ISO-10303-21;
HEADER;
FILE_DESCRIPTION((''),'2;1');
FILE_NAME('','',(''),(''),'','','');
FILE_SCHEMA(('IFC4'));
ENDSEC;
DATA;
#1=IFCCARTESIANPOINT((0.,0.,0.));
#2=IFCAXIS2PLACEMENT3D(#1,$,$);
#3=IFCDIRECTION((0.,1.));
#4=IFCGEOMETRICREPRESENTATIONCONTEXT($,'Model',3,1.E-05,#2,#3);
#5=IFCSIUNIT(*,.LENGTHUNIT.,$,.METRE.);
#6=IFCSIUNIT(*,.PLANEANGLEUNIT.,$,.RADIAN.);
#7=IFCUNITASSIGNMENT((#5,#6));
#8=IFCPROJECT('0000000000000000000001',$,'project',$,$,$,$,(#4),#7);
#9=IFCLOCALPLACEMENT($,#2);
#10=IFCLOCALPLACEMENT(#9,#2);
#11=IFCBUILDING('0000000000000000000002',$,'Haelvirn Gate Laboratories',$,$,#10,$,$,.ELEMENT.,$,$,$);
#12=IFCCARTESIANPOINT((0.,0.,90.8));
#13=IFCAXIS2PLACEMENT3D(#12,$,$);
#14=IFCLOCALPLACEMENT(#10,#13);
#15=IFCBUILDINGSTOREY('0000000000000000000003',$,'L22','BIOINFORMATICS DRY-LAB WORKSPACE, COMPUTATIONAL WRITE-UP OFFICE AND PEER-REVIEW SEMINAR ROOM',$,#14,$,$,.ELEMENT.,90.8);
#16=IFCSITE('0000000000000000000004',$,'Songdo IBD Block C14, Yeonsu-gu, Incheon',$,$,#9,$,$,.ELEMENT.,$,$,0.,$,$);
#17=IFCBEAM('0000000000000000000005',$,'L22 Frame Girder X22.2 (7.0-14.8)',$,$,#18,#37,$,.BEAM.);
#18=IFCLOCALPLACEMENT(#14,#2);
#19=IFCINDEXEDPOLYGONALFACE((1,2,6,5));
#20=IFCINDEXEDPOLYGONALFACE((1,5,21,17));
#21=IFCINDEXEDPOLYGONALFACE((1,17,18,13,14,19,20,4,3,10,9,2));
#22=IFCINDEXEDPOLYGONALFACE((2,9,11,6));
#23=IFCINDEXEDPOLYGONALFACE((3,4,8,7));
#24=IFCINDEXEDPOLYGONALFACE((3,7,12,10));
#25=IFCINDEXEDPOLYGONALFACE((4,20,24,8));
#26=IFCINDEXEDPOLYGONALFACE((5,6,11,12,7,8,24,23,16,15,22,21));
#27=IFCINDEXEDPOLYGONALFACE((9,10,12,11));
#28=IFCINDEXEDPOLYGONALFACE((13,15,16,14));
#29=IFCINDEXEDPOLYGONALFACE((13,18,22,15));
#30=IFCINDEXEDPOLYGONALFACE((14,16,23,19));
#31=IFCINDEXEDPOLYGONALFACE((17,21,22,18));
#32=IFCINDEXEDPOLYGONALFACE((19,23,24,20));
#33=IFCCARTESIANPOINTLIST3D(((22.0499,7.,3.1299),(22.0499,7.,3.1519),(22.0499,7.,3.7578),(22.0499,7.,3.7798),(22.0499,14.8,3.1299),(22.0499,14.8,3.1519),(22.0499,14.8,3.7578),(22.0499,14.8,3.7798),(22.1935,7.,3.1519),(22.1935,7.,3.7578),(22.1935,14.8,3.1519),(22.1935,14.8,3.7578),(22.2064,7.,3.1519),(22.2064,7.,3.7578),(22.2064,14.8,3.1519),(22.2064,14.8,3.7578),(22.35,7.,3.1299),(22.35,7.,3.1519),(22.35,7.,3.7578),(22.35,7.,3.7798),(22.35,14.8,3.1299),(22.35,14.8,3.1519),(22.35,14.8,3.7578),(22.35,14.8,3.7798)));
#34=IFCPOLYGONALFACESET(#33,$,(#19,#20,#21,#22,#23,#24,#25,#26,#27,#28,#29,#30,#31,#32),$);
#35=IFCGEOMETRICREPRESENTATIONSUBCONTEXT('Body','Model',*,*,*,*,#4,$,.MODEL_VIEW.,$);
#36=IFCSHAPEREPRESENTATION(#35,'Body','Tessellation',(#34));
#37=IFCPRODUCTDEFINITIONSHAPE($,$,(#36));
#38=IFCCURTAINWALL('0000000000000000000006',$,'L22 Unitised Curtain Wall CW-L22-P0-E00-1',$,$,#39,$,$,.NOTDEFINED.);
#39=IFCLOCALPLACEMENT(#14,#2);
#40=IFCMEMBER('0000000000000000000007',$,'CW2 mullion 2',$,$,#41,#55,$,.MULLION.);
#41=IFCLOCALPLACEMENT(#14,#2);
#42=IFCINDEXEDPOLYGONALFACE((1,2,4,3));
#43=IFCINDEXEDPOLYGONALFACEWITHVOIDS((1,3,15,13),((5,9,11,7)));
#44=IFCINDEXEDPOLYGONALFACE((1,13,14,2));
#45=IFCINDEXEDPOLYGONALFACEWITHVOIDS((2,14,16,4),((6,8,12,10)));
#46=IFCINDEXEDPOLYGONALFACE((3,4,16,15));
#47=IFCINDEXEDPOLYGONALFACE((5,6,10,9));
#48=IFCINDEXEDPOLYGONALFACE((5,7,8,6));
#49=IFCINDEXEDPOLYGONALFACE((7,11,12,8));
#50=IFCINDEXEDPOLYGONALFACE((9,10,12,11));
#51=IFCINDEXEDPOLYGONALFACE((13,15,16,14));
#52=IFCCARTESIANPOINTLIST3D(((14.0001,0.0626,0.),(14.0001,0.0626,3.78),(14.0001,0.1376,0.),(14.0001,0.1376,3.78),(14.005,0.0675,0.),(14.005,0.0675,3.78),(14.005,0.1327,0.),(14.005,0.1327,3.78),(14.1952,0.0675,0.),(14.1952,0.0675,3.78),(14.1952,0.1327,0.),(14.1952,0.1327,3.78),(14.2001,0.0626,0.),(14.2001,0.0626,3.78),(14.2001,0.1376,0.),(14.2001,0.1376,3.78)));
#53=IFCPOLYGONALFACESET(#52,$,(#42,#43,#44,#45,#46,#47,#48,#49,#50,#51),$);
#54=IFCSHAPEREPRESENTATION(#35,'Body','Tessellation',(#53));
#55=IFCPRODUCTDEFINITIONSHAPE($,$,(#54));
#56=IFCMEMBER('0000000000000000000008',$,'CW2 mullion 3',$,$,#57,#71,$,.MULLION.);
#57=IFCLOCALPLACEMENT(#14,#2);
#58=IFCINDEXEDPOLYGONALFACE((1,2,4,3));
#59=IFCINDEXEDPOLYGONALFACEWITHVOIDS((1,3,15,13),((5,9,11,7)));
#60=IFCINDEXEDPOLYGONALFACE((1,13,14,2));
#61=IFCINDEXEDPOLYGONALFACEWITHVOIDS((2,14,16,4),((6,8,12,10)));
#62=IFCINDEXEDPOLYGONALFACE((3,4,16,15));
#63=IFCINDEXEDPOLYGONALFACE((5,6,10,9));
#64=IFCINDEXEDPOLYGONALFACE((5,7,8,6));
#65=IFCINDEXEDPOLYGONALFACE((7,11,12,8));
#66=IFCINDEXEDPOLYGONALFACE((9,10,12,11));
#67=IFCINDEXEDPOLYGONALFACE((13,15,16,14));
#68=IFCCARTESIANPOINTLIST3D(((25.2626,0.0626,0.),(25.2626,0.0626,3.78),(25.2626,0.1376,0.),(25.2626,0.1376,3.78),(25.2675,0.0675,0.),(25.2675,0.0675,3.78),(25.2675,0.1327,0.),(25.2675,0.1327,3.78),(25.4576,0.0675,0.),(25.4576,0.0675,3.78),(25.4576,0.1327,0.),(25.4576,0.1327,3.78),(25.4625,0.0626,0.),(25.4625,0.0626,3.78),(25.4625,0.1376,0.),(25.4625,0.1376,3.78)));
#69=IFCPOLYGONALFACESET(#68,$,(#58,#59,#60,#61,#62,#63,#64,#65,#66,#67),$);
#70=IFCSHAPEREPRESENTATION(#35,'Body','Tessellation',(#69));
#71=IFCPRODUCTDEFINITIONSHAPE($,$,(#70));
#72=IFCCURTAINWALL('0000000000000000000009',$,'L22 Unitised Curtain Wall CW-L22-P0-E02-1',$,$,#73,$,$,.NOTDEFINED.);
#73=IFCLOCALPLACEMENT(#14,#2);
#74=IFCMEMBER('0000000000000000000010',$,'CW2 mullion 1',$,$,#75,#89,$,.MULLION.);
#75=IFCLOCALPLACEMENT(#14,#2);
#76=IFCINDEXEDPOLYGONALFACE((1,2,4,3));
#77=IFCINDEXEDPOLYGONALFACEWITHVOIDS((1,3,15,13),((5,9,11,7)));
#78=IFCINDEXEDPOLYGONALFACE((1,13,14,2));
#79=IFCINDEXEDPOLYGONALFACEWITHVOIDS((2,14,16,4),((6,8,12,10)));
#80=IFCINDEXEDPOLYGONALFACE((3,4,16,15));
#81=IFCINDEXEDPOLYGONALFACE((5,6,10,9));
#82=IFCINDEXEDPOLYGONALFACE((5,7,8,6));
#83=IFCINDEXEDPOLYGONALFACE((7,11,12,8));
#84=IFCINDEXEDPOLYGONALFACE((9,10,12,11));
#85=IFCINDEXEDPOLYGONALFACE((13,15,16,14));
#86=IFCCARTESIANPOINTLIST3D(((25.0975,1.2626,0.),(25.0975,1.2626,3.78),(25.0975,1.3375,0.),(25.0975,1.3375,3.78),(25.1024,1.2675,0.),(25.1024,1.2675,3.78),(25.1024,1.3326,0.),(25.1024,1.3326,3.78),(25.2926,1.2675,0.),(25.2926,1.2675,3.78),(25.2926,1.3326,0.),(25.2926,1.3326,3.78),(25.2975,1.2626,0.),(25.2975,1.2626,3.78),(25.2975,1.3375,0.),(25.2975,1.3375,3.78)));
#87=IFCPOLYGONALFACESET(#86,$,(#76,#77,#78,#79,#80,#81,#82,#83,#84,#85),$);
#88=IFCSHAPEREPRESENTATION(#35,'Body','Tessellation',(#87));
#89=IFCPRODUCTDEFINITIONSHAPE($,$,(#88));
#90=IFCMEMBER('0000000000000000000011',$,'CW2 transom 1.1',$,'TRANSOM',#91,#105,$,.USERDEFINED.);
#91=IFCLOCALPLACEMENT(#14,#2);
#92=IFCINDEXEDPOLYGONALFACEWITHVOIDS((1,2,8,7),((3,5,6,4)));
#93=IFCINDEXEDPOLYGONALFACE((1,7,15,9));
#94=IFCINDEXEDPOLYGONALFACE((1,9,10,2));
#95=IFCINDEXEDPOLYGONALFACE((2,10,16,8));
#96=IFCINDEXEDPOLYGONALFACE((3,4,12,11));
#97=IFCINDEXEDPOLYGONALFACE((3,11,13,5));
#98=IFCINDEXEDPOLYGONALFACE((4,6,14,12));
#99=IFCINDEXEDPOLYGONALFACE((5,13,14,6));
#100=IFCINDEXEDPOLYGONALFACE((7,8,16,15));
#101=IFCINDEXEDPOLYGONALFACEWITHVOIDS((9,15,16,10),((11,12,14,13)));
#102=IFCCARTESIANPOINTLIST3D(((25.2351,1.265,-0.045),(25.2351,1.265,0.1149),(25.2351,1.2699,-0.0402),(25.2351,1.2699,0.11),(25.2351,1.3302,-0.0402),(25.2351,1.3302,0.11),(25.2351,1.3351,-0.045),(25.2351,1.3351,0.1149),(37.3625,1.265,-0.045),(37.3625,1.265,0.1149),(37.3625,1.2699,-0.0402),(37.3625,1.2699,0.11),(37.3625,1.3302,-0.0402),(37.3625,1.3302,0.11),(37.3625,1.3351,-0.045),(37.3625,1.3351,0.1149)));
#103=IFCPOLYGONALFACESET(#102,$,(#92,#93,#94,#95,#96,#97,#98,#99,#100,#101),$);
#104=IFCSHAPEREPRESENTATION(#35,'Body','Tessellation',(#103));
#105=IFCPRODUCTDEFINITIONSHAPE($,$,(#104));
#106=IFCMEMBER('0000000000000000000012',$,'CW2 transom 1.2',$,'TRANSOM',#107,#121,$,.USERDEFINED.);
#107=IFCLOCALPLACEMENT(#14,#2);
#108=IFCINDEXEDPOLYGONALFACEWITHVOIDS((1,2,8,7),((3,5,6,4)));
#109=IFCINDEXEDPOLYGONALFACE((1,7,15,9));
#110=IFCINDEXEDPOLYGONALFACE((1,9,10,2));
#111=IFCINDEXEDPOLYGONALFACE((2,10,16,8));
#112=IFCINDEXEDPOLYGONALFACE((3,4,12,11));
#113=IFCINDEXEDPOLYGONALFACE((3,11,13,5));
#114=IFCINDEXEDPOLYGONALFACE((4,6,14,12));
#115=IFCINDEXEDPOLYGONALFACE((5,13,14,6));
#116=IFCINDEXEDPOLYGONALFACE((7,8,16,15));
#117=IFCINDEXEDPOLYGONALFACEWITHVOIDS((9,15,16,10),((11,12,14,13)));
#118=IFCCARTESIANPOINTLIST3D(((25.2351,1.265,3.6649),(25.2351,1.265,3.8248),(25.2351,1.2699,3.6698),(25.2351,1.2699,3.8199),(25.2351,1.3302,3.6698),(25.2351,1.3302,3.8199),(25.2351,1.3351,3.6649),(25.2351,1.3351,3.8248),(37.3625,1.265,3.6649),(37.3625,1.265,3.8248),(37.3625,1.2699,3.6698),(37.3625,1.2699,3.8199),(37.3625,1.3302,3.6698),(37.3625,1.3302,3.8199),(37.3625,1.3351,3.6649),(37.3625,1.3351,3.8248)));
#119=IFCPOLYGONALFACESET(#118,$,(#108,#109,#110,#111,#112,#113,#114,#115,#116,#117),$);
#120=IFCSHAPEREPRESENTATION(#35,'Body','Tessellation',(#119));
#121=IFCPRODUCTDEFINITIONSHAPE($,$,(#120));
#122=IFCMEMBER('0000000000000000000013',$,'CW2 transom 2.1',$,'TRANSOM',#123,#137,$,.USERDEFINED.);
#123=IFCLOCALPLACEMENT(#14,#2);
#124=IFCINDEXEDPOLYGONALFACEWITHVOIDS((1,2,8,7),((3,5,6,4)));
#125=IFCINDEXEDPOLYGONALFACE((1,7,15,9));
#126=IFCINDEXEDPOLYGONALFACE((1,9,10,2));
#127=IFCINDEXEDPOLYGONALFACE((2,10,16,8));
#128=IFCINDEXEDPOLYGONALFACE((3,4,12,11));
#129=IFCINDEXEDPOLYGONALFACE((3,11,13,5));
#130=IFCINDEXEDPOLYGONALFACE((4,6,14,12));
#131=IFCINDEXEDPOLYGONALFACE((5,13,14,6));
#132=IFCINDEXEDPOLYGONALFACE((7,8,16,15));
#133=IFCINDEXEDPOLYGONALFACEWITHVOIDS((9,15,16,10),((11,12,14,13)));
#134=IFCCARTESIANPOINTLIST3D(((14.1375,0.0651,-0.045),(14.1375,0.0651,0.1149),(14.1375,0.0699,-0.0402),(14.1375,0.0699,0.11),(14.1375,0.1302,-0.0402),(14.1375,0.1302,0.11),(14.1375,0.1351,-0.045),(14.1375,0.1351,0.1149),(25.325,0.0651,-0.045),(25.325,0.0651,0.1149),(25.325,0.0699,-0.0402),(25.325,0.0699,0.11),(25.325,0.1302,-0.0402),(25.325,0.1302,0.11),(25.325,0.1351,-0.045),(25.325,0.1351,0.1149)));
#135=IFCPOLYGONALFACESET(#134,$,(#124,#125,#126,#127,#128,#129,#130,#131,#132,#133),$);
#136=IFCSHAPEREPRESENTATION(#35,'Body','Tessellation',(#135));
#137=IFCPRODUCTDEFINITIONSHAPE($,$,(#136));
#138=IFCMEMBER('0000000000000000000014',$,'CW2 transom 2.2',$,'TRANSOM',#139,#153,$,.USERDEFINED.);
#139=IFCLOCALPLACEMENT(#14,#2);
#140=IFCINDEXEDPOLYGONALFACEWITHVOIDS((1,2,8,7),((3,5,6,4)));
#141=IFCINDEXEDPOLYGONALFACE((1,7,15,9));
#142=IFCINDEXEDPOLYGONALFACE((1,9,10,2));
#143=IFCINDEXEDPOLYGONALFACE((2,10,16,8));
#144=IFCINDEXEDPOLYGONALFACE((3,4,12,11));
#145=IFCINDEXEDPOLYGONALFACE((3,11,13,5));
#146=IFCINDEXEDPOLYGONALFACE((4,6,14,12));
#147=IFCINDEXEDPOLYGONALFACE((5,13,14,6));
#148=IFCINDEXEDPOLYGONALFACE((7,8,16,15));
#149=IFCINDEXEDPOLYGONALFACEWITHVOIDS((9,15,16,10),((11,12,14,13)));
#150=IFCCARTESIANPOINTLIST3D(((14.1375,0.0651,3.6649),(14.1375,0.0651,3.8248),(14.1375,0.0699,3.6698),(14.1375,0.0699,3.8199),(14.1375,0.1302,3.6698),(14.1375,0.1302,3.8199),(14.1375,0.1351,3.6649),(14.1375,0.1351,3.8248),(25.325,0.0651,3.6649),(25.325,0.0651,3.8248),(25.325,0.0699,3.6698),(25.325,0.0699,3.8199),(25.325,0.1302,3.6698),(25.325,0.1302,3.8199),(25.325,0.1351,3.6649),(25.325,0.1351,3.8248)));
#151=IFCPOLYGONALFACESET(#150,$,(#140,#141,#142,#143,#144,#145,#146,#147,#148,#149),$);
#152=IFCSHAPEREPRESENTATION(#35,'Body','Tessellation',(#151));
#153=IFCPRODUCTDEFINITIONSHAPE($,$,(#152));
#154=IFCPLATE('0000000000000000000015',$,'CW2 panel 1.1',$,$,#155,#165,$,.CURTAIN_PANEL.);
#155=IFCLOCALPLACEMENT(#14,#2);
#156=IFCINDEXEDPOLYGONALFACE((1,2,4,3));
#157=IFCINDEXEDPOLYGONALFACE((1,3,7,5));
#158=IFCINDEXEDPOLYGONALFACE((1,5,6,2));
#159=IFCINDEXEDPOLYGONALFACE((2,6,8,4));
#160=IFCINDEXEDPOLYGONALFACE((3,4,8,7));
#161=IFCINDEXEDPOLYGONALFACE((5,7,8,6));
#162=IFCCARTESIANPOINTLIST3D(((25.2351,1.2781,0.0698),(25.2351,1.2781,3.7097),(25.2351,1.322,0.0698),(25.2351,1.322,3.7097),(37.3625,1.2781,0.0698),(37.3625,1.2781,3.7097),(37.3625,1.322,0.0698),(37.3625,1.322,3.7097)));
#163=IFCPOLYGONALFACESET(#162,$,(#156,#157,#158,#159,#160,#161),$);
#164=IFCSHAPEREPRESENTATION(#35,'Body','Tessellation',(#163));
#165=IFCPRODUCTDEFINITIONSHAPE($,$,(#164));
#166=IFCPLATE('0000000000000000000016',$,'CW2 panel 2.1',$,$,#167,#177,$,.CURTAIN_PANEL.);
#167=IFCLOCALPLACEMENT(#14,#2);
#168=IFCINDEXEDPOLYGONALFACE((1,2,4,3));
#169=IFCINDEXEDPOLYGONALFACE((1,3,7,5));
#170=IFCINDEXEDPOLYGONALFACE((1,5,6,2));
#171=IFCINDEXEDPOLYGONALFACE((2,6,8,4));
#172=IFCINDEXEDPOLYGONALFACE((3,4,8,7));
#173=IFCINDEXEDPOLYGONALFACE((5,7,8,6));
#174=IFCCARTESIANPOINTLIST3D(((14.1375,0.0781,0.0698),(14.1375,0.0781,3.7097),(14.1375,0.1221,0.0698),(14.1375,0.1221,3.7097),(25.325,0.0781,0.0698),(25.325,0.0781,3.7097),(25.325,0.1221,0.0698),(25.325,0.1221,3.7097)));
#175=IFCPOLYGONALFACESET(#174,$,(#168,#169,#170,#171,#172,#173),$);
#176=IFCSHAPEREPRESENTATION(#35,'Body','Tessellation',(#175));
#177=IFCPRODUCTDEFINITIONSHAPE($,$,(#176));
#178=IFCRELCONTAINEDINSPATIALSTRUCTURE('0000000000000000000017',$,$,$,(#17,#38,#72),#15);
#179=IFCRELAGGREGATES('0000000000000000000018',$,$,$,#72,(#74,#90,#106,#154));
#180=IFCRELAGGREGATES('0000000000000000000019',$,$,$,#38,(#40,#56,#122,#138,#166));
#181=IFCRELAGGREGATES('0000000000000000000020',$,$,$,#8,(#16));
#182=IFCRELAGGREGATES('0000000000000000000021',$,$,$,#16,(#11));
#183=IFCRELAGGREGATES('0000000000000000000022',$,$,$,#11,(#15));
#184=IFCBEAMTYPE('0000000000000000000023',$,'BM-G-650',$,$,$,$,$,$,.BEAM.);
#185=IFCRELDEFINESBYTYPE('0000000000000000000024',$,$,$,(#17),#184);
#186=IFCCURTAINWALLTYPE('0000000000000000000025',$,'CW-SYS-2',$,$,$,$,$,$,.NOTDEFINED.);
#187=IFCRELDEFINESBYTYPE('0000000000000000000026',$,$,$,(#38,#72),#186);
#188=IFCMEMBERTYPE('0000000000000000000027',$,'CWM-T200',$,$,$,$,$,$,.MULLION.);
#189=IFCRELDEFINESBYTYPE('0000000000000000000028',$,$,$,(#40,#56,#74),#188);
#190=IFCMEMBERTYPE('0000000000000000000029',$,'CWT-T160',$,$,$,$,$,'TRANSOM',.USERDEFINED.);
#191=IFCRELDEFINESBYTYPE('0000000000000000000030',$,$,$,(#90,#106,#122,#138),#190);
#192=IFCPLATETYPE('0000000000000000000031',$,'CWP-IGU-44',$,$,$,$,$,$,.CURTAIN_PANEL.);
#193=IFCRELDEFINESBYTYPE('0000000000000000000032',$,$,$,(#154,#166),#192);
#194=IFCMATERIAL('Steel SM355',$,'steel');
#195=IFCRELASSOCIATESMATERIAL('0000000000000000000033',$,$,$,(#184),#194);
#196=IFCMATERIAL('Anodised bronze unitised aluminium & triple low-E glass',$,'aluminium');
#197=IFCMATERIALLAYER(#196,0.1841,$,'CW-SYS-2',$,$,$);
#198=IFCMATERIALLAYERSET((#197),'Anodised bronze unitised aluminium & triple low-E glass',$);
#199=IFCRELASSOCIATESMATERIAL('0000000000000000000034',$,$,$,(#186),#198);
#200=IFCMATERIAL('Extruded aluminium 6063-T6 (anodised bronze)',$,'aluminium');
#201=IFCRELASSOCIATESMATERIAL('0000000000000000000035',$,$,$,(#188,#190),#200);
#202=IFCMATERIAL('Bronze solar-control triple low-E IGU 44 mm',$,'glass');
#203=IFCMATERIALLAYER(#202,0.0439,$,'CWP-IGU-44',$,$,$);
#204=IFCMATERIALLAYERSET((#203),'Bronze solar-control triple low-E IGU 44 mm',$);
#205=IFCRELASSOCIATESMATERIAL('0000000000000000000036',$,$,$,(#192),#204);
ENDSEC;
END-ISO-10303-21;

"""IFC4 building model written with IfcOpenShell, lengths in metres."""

from ifc_helpers import new_model, si_unit, direction, frame, origin, origin_2d, place, context, subcontext, project, spatial, rectangle, hollow_rectangle, i_section, extrude, source, transform, mapped, material, layer, layer_set, material_profile, profile_set, type_object, type_shapes, element, aggregate, save


model = new_model("IFC4")

# Units and contexts
model_context = context("Model", 3, precision=1e-05, world=origin(), true_north=direction((0.0, 1.0)))
body_context = subcontext(model_context, "Body", "Model", "MODEL_VIEW")
ifc_project = project(units=[si_unit("LENGTHUNIT", "METRE"), si_unit("PLANEANGLEUNIT", "RADIAN")], contexts=[model_context])

# Site, building, storey
site_placement = place(None, origin())
site = spatial("IfcSite", under=ifc_project, at=site_placement, Name="Songdo IBD Block C14, Yeonsu-gu, Incheon", CompositionType="ELEMENT", RefElevation=0.0)
building_placement = place(site_placement, origin())
building = spatial("IfcBuilding", under=site, at=building_placement, Name="Haelvirn Gate Laboratories", CompositionType="ELEMENT")
storey_placement = place(building_placement, frame((0.0, 0.0, 90.8)))
storey = spatial("IfcBuildingStorey", under=building, at=storey_placement, Name="L22", Description="BIOINFORMATICS DRY-LAB WORKSPACE, COMPUTATIONAL WRITE-UP OFFICE AND PEER-REVIEW SEMINAR ROOM", CompositionType="ELEMENT", Elevation=90.8)

# Beam
ifc_material_1 = material(Name="Steel SM355", Category="steel")
ifc_material_profile_1 = material_profile(ifc_material_1, i_section(OverallWidth=0.3, OverallDepth=0.6499, WebThickness=0.0129, FlangeThickness=0.022, at=origin_2d()), Name="H-650x300x13x22")
ifc_profile_set_1 = profile_set([ifc_material_profile_1], Name="Steel SM355")
beam_type_1 = type_object("IfcBeamType", Name="BM-G-650", PredefinedType="BEAM", material=ifc_profile_set_1)
shared_shape_1 = source(origin(), body_context, "Body", "SweptSolid", [
    extrude(i_section(OverallWidth=0.3, OverallDepth=0.6499, WebThickness=0.0129, FlangeThickness=0.022, at=origin_2d()), origin(), (0.0, 0.0, 1.0), 7.8),
])
beam_1_placement = place(storey_placement, frame((22.2, 7.0, 3.4548), z_axis=(0.0, 1.0, 0.0), x_axis=(-1.0, 0.0, 0.0)))
element("IfcBeam", 1, at=beam_1_placement, inside=storey, type_object=beam_type_1, Name="L22 Frame Girder X22.2 (7.0-14.8)", PredefinedType="BEAM", context=body_context, shape_type="MappedRepresentation", body=[
    mapped(shared_shape_1, transform((0.0, 0.0, 0.0), scale=1.0)),
])

# Curtain walls, members
ifc_material_2 = material(Name="Anodised bronze unitised aluminium & triple low-E glass", Category="aluminium")
ifc_layer_1 = layer(ifc_material_2, 0.1841, Name="CW-SYS-2")
ifc_layer_set_1 = layer_set([ifc_layer_1], Name="Anodised bronze unitised aluminium & triple low-E glass")
curtain_wall_type = type_object("IfcCurtainWallType", Name="CW-SYS-2", PredefinedType="NOTDEFINED", material=ifc_layer_set_1)
curtain_wall_1_placement = place(storey_placement, origin())
curtain_wall_1 = element("IfcCurtainWall", 2, at=curtain_wall_1_placement, inside=storey, type_object=curtain_wall_type, Name="L22 Unitised Curtain Wall CW-L22-P0-E00-1", PredefinedType="NOTDEFINED")
ifc_material_3 = material(Name="Extruded aluminium 6063-T6 (anodised bronze)", Category="aluminium")
ifc_material_profile_2 = material_profile(ifc_material_3, hollow_rectangle(XDim=0.075, YDim=0.2, WallThickness=0.0049, at=origin_2d()), Name="CWM-200x75x5")
ifc_profile_set_2 = profile_set([ifc_material_profile_2], Name="Extruded aluminium 6063-T6 (anodised bronze)")
member_type_1 = type_object("IfcMemberType", Name="CWM-T200", PredefinedType="MULLION", material=ifc_profile_set_2)
shared_shape_2 = source(origin(), body_context, "Body", "SweptSolid", [
    extrude(hollow_rectangle(XDim=0.075, YDim=0.2, WallThickness=0.0049, at=origin_2d()), origin(), (0.0, 0.0, 1.0), 3.78),
])
type_shapes(member_type_1, [shared_shape_2])
member_1_placement = place(storey_placement, frame((14.1001, 0.1001, 0.0), z_axis=(0.0, 0.0, 1.0), x_axis=(0.0, 1.0, 0.0)))
member_1 = element("IfcMember", 3, at=member_1_placement, type_object=member_type_1, Name="CW2 mullion 2", PredefinedType="MULLION", context=body_context, shape_type="MappedRepresentation", body=[
    mapped(shared_shape_2, transform((0.0, 0.0, 0.0), scale=1.0)),
])
member_2_placement = place(storey_placement, frame((25.3625, 0.1001, 0.0), z_axis=(0.0, 0.0, 1.0), x_axis=(0.0, 1.0, 0.0)))
member_2 = element("IfcMember", 4, at=member_2_placement, type_object=member_type_1, Name="CW2 mullion 3", PredefinedType="MULLION", context=body_context, shape_type="MappedRepresentation", body=[
    mapped(shared_shape_2, transform((0.0, 0.0, 0.0), scale=1.0)),
])
curtain_wall_2_placement = place(storey_placement, origin())
curtain_wall_2 = element("IfcCurtainWall", 5, at=curtain_wall_2_placement, inside=storey, type_object=curtain_wall_type, Name="L22 Unitised Curtain Wall CW-L22-P0-E02-1", PredefinedType="NOTDEFINED")
member_3_placement = place(storey_placement, frame((25.1975, 1.3, 0.0), z_axis=(0.0, 0.0, 1.0), x_axis=(0.0, 1.0, 0.0)))
member_3 = element("IfcMember", 6, at=member_3_placement, type_object=member_type_1, Name="CW2 mullion 1", PredefinedType="MULLION", context=body_context, shape_type="MappedRepresentation", body=[
    mapped(shared_shape_2, transform((0.0, 0.0, 0.0), scale=1.0)),
])
ifc_material_profile_3 = material_profile(ifc_material_3, hollow_rectangle(XDim=0.0701, YDim=0.1599, WallThickness=0.0049, at=origin_2d()), Name="CWT-160x70x5")
ifc_profile_set_3 = profile_set([ifc_material_profile_3], Name="Extruded aluminium 6063-T6 (anodised bronze)")
member_type_2 = type_object("IfcMemberType", Name="CWT-T160", ElementType="TRANSOM", PredefinedType="USERDEFINED", material=ifc_profile_set_3)
shared_shape_3 = source(origin(), body_context, "Body", "SweptSolid", [
    extrude(hollow_rectangle(XDim=0.0701, YDim=0.1599, WallThickness=0.0049, at=origin_2d()), origin(), (0.0, 0.0, 1.0), 12.1274),
])
member_4_placement = place(storey_placement, frame((25.2351, 1.3, 0.0349), z_axis=(1.0, 0.0, 0.0), x_axis=(0.0, 1.0, 0.0)))
member_4 = element("IfcMember", 7, at=member_4_placement, type_object=member_type_2, Name="CW2 transom 1.1", ObjectType="TRANSOM", PredefinedType="USERDEFINED", context=body_context, shape_type="MappedRepresentation", body=[
    mapped(shared_shape_3, transform((0.0, 0.0, 0.0), scale=1.0)),
])
member_5_placement = place(storey_placement, frame((25.2351, 1.3, 3.7449), z_axis=(1.0, 0.0, 0.0), x_axis=(0.0, 1.0, 0.0)))
member_5 = element("IfcMember", 8, at=member_5_placement, type_object=member_type_2, Name="CW2 transom 1.2", ObjectType="TRANSOM", PredefinedType="USERDEFINED", context=body_context, shape_type="MappedRepresentation", body=[
    mapped(shared_shape_3, transform((0.0, 0.0, 0.0), scale=1.0)),
])

# Members
shared_shape_4 = source(origin(), body_context, "Body", "SweptSolid", [
    extrude(hollow_rectangle(XDim=0.0701, YDim=0.1599, WallThickness=0.0049, at=origin_2d()), origin(), (0.0, 0.0, 1.0), 11.1875),
])
type_shapes(member_type_2, [shared_shape_3, shared_shape_4])
member_6_placement = place(storey_placement, frame((14.1375, 0.1001, 0.0349), z_axis=(1.0, 0.0, 0.0), x_axis=(0.0, 1.0, 0.0)))
member_6 = element("IfcMember", 9, at=member_6_placement, type_object=member_type_2, Name="CW2 transom 2.1", ObjectType="TRANSOM", PredefinedType="USERDEFINED", context=body_context, shape_type="MappedRepresentation", body=[
    mapped(shared_shape_4, transform((0.0, 0.0, 0.0), scale=1.0)),
])
member_7_placement = place(storey_placement, frame((14.1375, 0.1001, 3.7449), z_axis=(1.0, 0.0, 0.0), x_axis=(0.0, 1.0, 0.0)))
member_7 = element("IfcMember", 10, at=member_7_placement, type_object=member_type_2, Name="CW2 transom 2.2", ObjectType="TRANSOM", PredefinedType="USERDEFINED", context=body_context, shape_type="MappedRepresentation", body=[
    mapped(shared_shape_4, transform((0.0, 0.0, 0.0), scale=1.0)),
])

# Plates
ifc_material_4 = material(Name="Bronze solar-control triple low-E IGU 44 mm", Category="glass")
ifc_layer_2 = layer(ifc_material_4, 0.0439, Name="CWP-IGU-44")
ifc_layer_set_2 = layer_set([ifc_layer_2], Name="Bronze solar-control triple low-E IGU 44 mm")
plate_type = type_object("IfcPlateType", Name="CWP-IGU-44", PredefinedType="CURTAIN_PANEL", material=ifc_layer_set_2)
shared_shape_5 = source(origin(), body_context, "Body", "SweptSolid", [
    extrude(rectangle(XDim=12.1274, YDim=0.0439, at=origin_2d()), origin(), (0.0, 0.0, 1.0), 3.6399),
])
plate_1_placement = place(storey_placement, frame((31.2988, 1.3, 0.0698), z_axis=(0.0, 0.0, 1.0), x_axis=(1.0, 0.0, 0.0)))
plate_1 = element("IfcPlate", 11, at=plate_1_placement, type_object=plate_type, Name="CW2 panel 1.1", PredefinedType="CURTAIN_PANEL", context=body_context, shape_type="MappedRepresentation", body=[
    mapped(shared_shape_5, transform((0.0, 0.0, 0.0), scale=1.0)),
])
aggregate(curtain_wall_2, [member_3, member_4, member_5, plate_1])
shared_shape_6 = source(origin(), body_context, "Body", "SweptSolid", [
    extrude(rectangle(XDim=11.1875, YDim=0.0439, at=origin_2d()), origin(), (0.0, 0.0, 1.0), 3.6399),
])
type_shapes(plate_type, [shared_shape_5, shared_shape_6])
plate_2_placement = place(storey_placement, frame((19.7312, 0.1001, 0.0698), z_axis=(0.0, 0.0, 1.0), x_axis=(1.0, 0.0, 0.0)))
plate_2 = element("IfcPlate", 12, at=plate_2_placement, type_object=plate_type, Name="CW2 panel 2.1", PredefinedType="CURTAIN_PANEL", context=body_context, shape_type="MappedRepresentation", body=[
    mapped(shared_shape_6, transform((0.0, 0.0, 0.0), scale=1.0)),
])
aggregate(curtain_wall_1, [member_1, member_2, member_6, member_7, plate_2])

save(model, "model.ifc")
